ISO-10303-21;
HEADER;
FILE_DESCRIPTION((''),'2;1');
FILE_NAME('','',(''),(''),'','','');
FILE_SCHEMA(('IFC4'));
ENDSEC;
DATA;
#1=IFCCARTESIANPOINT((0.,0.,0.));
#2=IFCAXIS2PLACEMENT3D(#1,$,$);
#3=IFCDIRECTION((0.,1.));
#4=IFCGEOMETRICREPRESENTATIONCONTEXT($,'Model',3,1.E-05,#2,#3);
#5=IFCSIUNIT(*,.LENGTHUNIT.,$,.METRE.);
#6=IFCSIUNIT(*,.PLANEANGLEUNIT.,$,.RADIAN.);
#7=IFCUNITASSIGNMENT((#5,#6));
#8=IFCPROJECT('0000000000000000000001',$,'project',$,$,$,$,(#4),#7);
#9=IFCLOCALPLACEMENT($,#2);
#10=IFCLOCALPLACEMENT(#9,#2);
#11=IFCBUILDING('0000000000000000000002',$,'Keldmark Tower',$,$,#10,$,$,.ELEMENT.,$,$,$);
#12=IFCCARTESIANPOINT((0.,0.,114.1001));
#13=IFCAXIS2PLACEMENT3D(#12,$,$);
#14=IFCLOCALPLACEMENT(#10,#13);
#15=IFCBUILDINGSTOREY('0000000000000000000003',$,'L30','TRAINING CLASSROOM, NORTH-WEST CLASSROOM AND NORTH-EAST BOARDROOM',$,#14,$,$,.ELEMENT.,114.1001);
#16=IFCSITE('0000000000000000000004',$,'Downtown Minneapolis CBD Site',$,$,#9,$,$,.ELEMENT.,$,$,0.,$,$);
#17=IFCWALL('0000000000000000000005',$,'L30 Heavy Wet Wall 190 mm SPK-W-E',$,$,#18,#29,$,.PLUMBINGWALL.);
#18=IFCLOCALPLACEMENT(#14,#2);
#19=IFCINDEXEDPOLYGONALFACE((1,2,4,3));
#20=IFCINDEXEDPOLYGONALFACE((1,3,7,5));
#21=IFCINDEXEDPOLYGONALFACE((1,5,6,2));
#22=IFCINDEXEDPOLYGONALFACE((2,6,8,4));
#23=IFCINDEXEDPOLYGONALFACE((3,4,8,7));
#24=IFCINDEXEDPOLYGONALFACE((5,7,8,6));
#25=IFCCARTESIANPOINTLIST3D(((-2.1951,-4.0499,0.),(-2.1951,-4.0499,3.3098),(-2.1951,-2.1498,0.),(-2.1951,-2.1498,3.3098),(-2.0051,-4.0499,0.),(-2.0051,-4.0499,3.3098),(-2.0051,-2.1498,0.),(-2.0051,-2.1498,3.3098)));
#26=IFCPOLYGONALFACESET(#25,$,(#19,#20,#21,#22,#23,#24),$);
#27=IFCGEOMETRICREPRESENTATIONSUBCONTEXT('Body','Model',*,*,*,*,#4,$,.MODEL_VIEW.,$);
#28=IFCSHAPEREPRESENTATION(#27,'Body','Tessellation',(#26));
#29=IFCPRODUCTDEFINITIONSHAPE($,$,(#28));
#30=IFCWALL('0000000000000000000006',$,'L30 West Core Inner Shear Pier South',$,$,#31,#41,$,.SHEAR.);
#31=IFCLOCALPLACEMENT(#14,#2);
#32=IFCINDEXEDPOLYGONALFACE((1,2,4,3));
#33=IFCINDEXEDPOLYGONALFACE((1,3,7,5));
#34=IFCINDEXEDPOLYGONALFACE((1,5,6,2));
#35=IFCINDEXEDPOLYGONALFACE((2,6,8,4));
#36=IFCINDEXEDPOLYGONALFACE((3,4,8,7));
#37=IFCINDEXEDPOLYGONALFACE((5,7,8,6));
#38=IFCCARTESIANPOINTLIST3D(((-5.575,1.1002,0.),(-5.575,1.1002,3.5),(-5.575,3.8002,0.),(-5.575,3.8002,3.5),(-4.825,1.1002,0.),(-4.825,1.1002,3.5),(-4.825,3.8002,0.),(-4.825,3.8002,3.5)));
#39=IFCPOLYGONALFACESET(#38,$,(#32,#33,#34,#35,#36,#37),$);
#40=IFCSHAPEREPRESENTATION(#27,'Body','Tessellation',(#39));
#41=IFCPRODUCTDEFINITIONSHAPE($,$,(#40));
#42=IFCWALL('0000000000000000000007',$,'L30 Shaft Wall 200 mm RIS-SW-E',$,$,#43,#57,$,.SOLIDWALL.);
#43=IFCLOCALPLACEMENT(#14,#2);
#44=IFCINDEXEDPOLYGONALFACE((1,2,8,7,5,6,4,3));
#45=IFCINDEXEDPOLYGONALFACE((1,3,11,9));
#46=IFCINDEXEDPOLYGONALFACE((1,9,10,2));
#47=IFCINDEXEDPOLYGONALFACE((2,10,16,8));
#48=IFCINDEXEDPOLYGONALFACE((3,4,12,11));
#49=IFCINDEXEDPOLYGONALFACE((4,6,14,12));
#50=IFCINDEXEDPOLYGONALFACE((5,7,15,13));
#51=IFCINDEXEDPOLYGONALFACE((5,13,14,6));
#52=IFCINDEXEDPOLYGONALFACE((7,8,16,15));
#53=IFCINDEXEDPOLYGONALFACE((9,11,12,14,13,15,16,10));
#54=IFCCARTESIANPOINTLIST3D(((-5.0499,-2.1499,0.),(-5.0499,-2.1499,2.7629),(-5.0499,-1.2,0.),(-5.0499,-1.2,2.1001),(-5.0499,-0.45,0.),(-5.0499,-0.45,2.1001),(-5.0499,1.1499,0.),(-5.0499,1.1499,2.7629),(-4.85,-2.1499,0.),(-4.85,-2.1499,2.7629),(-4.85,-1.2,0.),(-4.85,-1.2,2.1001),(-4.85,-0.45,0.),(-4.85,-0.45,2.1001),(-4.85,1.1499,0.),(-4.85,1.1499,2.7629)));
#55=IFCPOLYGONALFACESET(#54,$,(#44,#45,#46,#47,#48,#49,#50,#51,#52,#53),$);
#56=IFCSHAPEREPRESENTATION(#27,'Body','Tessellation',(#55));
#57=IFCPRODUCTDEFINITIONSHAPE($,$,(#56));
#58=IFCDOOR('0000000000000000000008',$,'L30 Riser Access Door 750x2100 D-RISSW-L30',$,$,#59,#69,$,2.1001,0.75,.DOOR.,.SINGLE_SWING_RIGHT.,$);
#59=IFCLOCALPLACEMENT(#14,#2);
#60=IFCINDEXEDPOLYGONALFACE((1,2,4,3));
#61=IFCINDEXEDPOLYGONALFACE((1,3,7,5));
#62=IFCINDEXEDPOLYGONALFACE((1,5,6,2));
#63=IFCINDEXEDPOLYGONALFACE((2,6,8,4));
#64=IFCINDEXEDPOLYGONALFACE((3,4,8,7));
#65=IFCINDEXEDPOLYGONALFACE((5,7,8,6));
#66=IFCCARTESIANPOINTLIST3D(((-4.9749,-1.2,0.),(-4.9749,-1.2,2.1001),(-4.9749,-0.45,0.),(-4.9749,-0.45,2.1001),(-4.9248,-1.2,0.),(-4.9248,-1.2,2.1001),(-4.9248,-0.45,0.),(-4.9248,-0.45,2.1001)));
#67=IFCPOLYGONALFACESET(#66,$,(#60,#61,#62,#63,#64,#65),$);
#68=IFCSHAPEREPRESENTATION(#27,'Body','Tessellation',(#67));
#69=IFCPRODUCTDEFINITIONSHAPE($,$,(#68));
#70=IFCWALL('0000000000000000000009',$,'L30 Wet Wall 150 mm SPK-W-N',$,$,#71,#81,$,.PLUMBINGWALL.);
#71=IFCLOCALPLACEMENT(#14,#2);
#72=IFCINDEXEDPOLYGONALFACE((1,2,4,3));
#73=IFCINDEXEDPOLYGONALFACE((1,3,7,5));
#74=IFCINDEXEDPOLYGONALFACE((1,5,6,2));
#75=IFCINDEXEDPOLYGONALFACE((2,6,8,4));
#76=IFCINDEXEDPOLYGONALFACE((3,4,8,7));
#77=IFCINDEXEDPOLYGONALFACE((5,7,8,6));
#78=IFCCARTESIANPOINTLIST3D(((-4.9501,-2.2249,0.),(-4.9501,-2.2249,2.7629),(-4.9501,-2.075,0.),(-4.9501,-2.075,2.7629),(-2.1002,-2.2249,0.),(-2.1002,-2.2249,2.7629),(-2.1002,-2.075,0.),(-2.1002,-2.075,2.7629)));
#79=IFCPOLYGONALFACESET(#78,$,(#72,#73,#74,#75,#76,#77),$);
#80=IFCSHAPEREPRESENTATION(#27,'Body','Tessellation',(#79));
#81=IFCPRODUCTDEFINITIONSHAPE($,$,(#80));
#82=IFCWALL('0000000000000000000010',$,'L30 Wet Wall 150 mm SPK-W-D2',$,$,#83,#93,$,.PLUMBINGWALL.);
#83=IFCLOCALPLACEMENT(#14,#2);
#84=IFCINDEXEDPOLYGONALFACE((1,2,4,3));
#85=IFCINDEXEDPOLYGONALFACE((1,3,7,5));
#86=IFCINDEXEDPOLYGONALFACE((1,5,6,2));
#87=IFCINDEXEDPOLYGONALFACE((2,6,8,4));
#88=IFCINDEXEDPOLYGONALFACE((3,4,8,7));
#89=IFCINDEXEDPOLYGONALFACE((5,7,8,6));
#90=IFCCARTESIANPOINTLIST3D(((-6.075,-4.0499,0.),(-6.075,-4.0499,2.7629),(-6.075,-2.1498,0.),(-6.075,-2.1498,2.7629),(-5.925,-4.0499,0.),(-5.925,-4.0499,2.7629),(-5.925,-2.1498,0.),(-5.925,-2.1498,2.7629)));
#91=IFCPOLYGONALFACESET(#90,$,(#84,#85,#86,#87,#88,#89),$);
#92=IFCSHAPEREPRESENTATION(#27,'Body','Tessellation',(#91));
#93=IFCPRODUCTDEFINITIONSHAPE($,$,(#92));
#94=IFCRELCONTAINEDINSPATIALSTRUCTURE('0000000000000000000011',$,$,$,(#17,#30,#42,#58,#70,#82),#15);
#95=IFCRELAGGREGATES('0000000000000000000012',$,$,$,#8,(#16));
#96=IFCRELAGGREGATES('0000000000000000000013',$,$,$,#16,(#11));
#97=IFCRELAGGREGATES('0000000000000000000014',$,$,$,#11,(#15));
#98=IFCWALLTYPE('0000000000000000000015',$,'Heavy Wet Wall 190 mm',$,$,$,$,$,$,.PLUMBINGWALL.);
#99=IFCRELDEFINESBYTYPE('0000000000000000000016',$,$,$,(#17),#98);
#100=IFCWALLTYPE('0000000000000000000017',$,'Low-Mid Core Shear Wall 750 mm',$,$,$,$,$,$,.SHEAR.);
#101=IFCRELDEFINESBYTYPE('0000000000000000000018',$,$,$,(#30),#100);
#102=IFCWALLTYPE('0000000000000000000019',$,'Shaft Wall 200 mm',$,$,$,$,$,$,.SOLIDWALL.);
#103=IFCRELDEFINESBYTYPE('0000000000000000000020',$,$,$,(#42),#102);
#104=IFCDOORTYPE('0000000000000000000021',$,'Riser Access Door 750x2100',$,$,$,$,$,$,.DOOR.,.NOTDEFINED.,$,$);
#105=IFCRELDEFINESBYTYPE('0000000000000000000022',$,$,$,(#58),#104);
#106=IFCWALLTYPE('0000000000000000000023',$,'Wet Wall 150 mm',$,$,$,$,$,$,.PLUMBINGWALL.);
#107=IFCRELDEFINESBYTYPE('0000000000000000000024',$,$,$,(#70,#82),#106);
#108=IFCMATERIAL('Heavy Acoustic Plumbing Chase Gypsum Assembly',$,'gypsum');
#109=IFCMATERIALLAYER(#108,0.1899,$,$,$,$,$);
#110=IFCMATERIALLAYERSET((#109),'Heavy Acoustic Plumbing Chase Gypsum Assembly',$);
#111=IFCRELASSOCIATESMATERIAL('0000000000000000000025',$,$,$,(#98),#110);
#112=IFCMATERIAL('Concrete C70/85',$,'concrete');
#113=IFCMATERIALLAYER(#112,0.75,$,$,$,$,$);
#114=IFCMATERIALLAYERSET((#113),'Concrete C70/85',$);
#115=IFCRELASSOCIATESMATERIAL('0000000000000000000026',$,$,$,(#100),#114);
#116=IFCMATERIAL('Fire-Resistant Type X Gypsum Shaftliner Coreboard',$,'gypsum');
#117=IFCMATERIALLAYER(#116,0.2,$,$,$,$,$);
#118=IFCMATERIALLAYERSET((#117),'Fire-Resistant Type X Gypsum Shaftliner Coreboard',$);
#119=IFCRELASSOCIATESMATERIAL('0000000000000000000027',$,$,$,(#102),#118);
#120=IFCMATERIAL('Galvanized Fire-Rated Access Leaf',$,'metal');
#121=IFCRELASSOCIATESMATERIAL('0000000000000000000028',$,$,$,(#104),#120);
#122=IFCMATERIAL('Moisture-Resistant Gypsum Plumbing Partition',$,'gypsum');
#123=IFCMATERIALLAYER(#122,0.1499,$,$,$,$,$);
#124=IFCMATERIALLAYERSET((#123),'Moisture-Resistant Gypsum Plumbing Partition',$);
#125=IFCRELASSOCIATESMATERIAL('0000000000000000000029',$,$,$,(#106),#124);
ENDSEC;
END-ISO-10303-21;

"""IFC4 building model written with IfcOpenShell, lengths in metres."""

from ifc_helpers import new_model, si_unit, direction, frame, frame_2d, origin, place, context, subcontext, project, spatial, rectangle, extrude, material, layer, layer_set, type_object, element, fill, save


model = new_model("IFC4")

# Units and contexts
model_context = context("Model", 3, precision=1e-05, world=origin(), true_north=direction((0.0, 1.0)))
body_context = subcontext(model_context, "Body", "Model", "MODEL_VIEW")
ifc_project = project(units=[si_unit("LENGTHUNIT", "METRE"), si_unit("PLANEANGLEUNIT", "RADIAN")], contexts=[model_context])

# Site, building, storey
site_placement = place(None, origin())
site = spatial("IfcSite", under=ifc_project, at=site_placement, Name="Downtown Minneapolis CBD Site", CompositionType="ELEMENT", RefElevation=0.0)
building_placement = place(site_placement, origin())
building = spatial("IfcBuilding", under=site, at=building_placement, Name="Keldmark Tower", CompositionType="ELEMENT")
storey_placement = place(building_placement, frame((0.0, 0.0, 114.1001)))
storey = spatial("IfcBuildingStorey", under=building, at=storey_placement, Name="L30", Description="TRAINING CLASSROOM, NORTH-WEST CLASSROOM AND NORTH-EAST BOARDROOM", CompositionType="ELEMENT", Elevation=114.1001)

# Wall
ifc_material_1 = material(Name="Heavy Acoustic Plumbing Chase Gypsum Assembly", Category="gypsum")
ifc_layer_1 = layer(ifc_material_1, 0.1899)
ifc_layer_set_1 = layer_set([ifc_layer_1], Name="Heavy Acoustic Plumbing Chase Gypsum Assembly")
wall_type_1 = type_object("IfcWallType", Name="Heavy Wet Wall 190 mm", PredefinedType="PLUMBINGWALL", material=ifc_layer_set_1)
wall_1_placement = place(storey_placement, frame((-2.1001, -4.05, 0.0), z_axis=(0.0, 0.0, 1.0), x_axis=(0.0, 1.0, 0.0)))
element("IfcWall", 1, at=wall_1_placement, inside=storey, type_object=wall_type_1, Name="L30 Heavy Wet Wall 190 mm SPK-W-E", PredefinedType="PLUMBINGWALL", context=body_context, shape_type="SweptSolid", body=[
    extrude(rectangle(XDim=1.9001, YDim=0.1899, at=frame_2d((0.9502, 0.0))), origin(), (0.0, 0.0, 1.0), 3.3098),
])

# Shared definitions
ifc_material_2 = material(Name="Concrete C70/85", Category="concrete")
ifc_layer_2 = layer(ifc_material_2, 0.75)
ifc_layer_set_2 = layer_set([ifc_layer_2], Name="Concrete C70/85")
wall_type_2 = type_object("IfcWallType", Name="Low-Mid Core Shear Wall 750 mm", PredefinedType="SHEAR", material=ifc_layer_set_2)

# Wall
wall_2_placement = place(storey_placement, frame((-5.2, 1.1001, 0.0), z_axis=(0.0, 0.0, 1.0), x_axis=(0.0, 1.0, 0.0)))
element("IfcWall", 2, at=wall_2_placement, inside=storey, type_object=wall_type_2, Name="L30 West Core Inner Shear Pier South", PredefinedType="SHEAR", context=body_context, shape_type="SweptSolid", body=[
    extrude(rectangle(XDim=2.7, YDim=0.75, at=frame_2d((1.3501, 0.0))), origin(), (0.0, 0.0, 1.0), 3.5),
])

# Wall, opening, door
ifc_material_3 = material(Name="Fire-Resistant Type X Gypsum Shaftliner Coreboard", Category="gypsum")
ifc_layer_3 = layer(ifc_material_3, 0.2)
ifc_layer_set_3 = layer_set([ifc_layer_3], Name="Fire-Resistant Type X Gypsum Shaftliner Coreboard")
wall_type_3 = type_object("IfcWallType", Name="Shaft Wall 200 mm", PredefinedType="SOLIDWALL", material=ifc_layer_set_3)
wall_3_placement = place(storey_placement, frame((-4.95, -2.1499, 0.0), z_axis=(0.0, 0.0, 1.0), x_axis=(0.0, 1.0, 0.0)))
wall_3 = element("IfcWall", 3, at=wall_3_placement, inside=storey, type_object=wall_type_3, Name="L30 Shaft Wall 200 mm RIS-SW-E", PredefinedType="SOLIDWALL", context=body_context, shape_type="SweptSolid", body=[
    extrude(rectangle(XDim=3.2998, YDim=0.2, at=frame_2d((1.6499, 0.0))), origin(), (0.0, 0.0, 1.0), 2.7629),
])
opening_1_placement = place(wall_3_placement, frame((0.95, 0.0, 0.0)))
opening_1 = element("IfcOpeningElement", 4, at=opening_1_placement, cuts=wall_3, PredefinedType="OPENING", context=body_context, shape_type="SweptSolid", body=[
    extrude(rectangle(XDim=0.75, YDim=2.1001, at=frame_2d((0.375, 1.05))), frame((0.0, 0.1099, 0.0), z_axis=(0.0, -1.0, 0.0), x_axis=(1.0, 0.0, 0.0)), (0.0, 0.0, 1.0), 0.22),
])
ifc_material_4 = material(Name="Galvanized Fire-Rated Access Leaf", Category="metal")
door_type_1 = type_object("IfcDoorType", Name="Riser Access Door 750x2100", OperationType="NOTDEFINED", PredefinedType="DOOR", material=ifc_material_4)
door_1_placement = place(opening_1_placement, origin())
door_1 = element("IfcDoor", 5, at=door_1_placement, inside=storey, type_object=door_type_1, Name="L30 Riser Access Door 750x2100 D-RISSW-L30", OperationType="SINGLE_SWING_RIGHT", OverallHeight=2.1001, OverallWidth=0.75, PredefinedType="DOOR", context=body_context, shape_type="SweptSolid", body=[
    extrude(rectangle(XDim=0.75, YDim=2.1001, at=frame_2d((0.375, 1.05))), frame((0.0, 0.0249, 0.0), z_axis=(0.0, -1.0, 0.0), x_axis=(1.0, 0.0, 0.0)), (0.0, 0.0, 1.0), 0.05),
])
fill(opening_1, door_1)

# Walls
ifc_material_5 = material(Name="Moisture-Resistant Gypsum Plumbing Partition", Category="gypsum")
ifc_layer_4 = layer(ifc_material_5, 0.1499)
ifc_layer_set_4 = layer_set([ifc_layer_4], Name="Moisture-Resistant Gypsum Plumbing Partition")
wall_type_4 = type_object("IfcWallType", Name="Wet Wall 150 mm", PredefinedType="PLUMBINGWALL", material=ifc_layer_set_4)
wall_4_placement = place(storey_placement, frame((-4.95, -2.1499, 0.0), z_axis=(0.0, 0.0, 1.0), x_axis=(1.0, 0.0, 0.0)))
element("IfcWall", 6, at=wall_4_placement, inside=storey, type_object=wall_type_4, Name="L30 Wet Wall 150 mm SPK-W-N", PredefinedType="PLUMBINGWALL", context=body_context, shape_type="SweptSolid", body=[
    extrude(rectangle(XDim=2.8499, YDim=0.1499, at=frame_2d((1.4248, 0.0))), origin(), (0.0, 0.0, 1.0), 2.7629),
])
wall_5_placement = place(storey_placement, frame((-6.0, -4.05, 0.0), z_axis=(0.0, 0.0, 1.0), x_axis=(0.0, 1.0, 0.0)))
element("IfcWall", 7, at=wall_5_placement, inside=storey, type_object=wall_type_4, Name="L30 Wet Wall 150 mm SPK-W-D2", PredefinedType="PLUMBINGWALL", context=body_context, shape_type="SweptSolid", body=[
    extrude(rectangle(XDim=1.9001, YDim=0.1499, at=frame_2d((0.9502, 0.0))), origin(), (0.0, 0.0, 1.0), 2.7629),
])

save(model, "model.ifc")
